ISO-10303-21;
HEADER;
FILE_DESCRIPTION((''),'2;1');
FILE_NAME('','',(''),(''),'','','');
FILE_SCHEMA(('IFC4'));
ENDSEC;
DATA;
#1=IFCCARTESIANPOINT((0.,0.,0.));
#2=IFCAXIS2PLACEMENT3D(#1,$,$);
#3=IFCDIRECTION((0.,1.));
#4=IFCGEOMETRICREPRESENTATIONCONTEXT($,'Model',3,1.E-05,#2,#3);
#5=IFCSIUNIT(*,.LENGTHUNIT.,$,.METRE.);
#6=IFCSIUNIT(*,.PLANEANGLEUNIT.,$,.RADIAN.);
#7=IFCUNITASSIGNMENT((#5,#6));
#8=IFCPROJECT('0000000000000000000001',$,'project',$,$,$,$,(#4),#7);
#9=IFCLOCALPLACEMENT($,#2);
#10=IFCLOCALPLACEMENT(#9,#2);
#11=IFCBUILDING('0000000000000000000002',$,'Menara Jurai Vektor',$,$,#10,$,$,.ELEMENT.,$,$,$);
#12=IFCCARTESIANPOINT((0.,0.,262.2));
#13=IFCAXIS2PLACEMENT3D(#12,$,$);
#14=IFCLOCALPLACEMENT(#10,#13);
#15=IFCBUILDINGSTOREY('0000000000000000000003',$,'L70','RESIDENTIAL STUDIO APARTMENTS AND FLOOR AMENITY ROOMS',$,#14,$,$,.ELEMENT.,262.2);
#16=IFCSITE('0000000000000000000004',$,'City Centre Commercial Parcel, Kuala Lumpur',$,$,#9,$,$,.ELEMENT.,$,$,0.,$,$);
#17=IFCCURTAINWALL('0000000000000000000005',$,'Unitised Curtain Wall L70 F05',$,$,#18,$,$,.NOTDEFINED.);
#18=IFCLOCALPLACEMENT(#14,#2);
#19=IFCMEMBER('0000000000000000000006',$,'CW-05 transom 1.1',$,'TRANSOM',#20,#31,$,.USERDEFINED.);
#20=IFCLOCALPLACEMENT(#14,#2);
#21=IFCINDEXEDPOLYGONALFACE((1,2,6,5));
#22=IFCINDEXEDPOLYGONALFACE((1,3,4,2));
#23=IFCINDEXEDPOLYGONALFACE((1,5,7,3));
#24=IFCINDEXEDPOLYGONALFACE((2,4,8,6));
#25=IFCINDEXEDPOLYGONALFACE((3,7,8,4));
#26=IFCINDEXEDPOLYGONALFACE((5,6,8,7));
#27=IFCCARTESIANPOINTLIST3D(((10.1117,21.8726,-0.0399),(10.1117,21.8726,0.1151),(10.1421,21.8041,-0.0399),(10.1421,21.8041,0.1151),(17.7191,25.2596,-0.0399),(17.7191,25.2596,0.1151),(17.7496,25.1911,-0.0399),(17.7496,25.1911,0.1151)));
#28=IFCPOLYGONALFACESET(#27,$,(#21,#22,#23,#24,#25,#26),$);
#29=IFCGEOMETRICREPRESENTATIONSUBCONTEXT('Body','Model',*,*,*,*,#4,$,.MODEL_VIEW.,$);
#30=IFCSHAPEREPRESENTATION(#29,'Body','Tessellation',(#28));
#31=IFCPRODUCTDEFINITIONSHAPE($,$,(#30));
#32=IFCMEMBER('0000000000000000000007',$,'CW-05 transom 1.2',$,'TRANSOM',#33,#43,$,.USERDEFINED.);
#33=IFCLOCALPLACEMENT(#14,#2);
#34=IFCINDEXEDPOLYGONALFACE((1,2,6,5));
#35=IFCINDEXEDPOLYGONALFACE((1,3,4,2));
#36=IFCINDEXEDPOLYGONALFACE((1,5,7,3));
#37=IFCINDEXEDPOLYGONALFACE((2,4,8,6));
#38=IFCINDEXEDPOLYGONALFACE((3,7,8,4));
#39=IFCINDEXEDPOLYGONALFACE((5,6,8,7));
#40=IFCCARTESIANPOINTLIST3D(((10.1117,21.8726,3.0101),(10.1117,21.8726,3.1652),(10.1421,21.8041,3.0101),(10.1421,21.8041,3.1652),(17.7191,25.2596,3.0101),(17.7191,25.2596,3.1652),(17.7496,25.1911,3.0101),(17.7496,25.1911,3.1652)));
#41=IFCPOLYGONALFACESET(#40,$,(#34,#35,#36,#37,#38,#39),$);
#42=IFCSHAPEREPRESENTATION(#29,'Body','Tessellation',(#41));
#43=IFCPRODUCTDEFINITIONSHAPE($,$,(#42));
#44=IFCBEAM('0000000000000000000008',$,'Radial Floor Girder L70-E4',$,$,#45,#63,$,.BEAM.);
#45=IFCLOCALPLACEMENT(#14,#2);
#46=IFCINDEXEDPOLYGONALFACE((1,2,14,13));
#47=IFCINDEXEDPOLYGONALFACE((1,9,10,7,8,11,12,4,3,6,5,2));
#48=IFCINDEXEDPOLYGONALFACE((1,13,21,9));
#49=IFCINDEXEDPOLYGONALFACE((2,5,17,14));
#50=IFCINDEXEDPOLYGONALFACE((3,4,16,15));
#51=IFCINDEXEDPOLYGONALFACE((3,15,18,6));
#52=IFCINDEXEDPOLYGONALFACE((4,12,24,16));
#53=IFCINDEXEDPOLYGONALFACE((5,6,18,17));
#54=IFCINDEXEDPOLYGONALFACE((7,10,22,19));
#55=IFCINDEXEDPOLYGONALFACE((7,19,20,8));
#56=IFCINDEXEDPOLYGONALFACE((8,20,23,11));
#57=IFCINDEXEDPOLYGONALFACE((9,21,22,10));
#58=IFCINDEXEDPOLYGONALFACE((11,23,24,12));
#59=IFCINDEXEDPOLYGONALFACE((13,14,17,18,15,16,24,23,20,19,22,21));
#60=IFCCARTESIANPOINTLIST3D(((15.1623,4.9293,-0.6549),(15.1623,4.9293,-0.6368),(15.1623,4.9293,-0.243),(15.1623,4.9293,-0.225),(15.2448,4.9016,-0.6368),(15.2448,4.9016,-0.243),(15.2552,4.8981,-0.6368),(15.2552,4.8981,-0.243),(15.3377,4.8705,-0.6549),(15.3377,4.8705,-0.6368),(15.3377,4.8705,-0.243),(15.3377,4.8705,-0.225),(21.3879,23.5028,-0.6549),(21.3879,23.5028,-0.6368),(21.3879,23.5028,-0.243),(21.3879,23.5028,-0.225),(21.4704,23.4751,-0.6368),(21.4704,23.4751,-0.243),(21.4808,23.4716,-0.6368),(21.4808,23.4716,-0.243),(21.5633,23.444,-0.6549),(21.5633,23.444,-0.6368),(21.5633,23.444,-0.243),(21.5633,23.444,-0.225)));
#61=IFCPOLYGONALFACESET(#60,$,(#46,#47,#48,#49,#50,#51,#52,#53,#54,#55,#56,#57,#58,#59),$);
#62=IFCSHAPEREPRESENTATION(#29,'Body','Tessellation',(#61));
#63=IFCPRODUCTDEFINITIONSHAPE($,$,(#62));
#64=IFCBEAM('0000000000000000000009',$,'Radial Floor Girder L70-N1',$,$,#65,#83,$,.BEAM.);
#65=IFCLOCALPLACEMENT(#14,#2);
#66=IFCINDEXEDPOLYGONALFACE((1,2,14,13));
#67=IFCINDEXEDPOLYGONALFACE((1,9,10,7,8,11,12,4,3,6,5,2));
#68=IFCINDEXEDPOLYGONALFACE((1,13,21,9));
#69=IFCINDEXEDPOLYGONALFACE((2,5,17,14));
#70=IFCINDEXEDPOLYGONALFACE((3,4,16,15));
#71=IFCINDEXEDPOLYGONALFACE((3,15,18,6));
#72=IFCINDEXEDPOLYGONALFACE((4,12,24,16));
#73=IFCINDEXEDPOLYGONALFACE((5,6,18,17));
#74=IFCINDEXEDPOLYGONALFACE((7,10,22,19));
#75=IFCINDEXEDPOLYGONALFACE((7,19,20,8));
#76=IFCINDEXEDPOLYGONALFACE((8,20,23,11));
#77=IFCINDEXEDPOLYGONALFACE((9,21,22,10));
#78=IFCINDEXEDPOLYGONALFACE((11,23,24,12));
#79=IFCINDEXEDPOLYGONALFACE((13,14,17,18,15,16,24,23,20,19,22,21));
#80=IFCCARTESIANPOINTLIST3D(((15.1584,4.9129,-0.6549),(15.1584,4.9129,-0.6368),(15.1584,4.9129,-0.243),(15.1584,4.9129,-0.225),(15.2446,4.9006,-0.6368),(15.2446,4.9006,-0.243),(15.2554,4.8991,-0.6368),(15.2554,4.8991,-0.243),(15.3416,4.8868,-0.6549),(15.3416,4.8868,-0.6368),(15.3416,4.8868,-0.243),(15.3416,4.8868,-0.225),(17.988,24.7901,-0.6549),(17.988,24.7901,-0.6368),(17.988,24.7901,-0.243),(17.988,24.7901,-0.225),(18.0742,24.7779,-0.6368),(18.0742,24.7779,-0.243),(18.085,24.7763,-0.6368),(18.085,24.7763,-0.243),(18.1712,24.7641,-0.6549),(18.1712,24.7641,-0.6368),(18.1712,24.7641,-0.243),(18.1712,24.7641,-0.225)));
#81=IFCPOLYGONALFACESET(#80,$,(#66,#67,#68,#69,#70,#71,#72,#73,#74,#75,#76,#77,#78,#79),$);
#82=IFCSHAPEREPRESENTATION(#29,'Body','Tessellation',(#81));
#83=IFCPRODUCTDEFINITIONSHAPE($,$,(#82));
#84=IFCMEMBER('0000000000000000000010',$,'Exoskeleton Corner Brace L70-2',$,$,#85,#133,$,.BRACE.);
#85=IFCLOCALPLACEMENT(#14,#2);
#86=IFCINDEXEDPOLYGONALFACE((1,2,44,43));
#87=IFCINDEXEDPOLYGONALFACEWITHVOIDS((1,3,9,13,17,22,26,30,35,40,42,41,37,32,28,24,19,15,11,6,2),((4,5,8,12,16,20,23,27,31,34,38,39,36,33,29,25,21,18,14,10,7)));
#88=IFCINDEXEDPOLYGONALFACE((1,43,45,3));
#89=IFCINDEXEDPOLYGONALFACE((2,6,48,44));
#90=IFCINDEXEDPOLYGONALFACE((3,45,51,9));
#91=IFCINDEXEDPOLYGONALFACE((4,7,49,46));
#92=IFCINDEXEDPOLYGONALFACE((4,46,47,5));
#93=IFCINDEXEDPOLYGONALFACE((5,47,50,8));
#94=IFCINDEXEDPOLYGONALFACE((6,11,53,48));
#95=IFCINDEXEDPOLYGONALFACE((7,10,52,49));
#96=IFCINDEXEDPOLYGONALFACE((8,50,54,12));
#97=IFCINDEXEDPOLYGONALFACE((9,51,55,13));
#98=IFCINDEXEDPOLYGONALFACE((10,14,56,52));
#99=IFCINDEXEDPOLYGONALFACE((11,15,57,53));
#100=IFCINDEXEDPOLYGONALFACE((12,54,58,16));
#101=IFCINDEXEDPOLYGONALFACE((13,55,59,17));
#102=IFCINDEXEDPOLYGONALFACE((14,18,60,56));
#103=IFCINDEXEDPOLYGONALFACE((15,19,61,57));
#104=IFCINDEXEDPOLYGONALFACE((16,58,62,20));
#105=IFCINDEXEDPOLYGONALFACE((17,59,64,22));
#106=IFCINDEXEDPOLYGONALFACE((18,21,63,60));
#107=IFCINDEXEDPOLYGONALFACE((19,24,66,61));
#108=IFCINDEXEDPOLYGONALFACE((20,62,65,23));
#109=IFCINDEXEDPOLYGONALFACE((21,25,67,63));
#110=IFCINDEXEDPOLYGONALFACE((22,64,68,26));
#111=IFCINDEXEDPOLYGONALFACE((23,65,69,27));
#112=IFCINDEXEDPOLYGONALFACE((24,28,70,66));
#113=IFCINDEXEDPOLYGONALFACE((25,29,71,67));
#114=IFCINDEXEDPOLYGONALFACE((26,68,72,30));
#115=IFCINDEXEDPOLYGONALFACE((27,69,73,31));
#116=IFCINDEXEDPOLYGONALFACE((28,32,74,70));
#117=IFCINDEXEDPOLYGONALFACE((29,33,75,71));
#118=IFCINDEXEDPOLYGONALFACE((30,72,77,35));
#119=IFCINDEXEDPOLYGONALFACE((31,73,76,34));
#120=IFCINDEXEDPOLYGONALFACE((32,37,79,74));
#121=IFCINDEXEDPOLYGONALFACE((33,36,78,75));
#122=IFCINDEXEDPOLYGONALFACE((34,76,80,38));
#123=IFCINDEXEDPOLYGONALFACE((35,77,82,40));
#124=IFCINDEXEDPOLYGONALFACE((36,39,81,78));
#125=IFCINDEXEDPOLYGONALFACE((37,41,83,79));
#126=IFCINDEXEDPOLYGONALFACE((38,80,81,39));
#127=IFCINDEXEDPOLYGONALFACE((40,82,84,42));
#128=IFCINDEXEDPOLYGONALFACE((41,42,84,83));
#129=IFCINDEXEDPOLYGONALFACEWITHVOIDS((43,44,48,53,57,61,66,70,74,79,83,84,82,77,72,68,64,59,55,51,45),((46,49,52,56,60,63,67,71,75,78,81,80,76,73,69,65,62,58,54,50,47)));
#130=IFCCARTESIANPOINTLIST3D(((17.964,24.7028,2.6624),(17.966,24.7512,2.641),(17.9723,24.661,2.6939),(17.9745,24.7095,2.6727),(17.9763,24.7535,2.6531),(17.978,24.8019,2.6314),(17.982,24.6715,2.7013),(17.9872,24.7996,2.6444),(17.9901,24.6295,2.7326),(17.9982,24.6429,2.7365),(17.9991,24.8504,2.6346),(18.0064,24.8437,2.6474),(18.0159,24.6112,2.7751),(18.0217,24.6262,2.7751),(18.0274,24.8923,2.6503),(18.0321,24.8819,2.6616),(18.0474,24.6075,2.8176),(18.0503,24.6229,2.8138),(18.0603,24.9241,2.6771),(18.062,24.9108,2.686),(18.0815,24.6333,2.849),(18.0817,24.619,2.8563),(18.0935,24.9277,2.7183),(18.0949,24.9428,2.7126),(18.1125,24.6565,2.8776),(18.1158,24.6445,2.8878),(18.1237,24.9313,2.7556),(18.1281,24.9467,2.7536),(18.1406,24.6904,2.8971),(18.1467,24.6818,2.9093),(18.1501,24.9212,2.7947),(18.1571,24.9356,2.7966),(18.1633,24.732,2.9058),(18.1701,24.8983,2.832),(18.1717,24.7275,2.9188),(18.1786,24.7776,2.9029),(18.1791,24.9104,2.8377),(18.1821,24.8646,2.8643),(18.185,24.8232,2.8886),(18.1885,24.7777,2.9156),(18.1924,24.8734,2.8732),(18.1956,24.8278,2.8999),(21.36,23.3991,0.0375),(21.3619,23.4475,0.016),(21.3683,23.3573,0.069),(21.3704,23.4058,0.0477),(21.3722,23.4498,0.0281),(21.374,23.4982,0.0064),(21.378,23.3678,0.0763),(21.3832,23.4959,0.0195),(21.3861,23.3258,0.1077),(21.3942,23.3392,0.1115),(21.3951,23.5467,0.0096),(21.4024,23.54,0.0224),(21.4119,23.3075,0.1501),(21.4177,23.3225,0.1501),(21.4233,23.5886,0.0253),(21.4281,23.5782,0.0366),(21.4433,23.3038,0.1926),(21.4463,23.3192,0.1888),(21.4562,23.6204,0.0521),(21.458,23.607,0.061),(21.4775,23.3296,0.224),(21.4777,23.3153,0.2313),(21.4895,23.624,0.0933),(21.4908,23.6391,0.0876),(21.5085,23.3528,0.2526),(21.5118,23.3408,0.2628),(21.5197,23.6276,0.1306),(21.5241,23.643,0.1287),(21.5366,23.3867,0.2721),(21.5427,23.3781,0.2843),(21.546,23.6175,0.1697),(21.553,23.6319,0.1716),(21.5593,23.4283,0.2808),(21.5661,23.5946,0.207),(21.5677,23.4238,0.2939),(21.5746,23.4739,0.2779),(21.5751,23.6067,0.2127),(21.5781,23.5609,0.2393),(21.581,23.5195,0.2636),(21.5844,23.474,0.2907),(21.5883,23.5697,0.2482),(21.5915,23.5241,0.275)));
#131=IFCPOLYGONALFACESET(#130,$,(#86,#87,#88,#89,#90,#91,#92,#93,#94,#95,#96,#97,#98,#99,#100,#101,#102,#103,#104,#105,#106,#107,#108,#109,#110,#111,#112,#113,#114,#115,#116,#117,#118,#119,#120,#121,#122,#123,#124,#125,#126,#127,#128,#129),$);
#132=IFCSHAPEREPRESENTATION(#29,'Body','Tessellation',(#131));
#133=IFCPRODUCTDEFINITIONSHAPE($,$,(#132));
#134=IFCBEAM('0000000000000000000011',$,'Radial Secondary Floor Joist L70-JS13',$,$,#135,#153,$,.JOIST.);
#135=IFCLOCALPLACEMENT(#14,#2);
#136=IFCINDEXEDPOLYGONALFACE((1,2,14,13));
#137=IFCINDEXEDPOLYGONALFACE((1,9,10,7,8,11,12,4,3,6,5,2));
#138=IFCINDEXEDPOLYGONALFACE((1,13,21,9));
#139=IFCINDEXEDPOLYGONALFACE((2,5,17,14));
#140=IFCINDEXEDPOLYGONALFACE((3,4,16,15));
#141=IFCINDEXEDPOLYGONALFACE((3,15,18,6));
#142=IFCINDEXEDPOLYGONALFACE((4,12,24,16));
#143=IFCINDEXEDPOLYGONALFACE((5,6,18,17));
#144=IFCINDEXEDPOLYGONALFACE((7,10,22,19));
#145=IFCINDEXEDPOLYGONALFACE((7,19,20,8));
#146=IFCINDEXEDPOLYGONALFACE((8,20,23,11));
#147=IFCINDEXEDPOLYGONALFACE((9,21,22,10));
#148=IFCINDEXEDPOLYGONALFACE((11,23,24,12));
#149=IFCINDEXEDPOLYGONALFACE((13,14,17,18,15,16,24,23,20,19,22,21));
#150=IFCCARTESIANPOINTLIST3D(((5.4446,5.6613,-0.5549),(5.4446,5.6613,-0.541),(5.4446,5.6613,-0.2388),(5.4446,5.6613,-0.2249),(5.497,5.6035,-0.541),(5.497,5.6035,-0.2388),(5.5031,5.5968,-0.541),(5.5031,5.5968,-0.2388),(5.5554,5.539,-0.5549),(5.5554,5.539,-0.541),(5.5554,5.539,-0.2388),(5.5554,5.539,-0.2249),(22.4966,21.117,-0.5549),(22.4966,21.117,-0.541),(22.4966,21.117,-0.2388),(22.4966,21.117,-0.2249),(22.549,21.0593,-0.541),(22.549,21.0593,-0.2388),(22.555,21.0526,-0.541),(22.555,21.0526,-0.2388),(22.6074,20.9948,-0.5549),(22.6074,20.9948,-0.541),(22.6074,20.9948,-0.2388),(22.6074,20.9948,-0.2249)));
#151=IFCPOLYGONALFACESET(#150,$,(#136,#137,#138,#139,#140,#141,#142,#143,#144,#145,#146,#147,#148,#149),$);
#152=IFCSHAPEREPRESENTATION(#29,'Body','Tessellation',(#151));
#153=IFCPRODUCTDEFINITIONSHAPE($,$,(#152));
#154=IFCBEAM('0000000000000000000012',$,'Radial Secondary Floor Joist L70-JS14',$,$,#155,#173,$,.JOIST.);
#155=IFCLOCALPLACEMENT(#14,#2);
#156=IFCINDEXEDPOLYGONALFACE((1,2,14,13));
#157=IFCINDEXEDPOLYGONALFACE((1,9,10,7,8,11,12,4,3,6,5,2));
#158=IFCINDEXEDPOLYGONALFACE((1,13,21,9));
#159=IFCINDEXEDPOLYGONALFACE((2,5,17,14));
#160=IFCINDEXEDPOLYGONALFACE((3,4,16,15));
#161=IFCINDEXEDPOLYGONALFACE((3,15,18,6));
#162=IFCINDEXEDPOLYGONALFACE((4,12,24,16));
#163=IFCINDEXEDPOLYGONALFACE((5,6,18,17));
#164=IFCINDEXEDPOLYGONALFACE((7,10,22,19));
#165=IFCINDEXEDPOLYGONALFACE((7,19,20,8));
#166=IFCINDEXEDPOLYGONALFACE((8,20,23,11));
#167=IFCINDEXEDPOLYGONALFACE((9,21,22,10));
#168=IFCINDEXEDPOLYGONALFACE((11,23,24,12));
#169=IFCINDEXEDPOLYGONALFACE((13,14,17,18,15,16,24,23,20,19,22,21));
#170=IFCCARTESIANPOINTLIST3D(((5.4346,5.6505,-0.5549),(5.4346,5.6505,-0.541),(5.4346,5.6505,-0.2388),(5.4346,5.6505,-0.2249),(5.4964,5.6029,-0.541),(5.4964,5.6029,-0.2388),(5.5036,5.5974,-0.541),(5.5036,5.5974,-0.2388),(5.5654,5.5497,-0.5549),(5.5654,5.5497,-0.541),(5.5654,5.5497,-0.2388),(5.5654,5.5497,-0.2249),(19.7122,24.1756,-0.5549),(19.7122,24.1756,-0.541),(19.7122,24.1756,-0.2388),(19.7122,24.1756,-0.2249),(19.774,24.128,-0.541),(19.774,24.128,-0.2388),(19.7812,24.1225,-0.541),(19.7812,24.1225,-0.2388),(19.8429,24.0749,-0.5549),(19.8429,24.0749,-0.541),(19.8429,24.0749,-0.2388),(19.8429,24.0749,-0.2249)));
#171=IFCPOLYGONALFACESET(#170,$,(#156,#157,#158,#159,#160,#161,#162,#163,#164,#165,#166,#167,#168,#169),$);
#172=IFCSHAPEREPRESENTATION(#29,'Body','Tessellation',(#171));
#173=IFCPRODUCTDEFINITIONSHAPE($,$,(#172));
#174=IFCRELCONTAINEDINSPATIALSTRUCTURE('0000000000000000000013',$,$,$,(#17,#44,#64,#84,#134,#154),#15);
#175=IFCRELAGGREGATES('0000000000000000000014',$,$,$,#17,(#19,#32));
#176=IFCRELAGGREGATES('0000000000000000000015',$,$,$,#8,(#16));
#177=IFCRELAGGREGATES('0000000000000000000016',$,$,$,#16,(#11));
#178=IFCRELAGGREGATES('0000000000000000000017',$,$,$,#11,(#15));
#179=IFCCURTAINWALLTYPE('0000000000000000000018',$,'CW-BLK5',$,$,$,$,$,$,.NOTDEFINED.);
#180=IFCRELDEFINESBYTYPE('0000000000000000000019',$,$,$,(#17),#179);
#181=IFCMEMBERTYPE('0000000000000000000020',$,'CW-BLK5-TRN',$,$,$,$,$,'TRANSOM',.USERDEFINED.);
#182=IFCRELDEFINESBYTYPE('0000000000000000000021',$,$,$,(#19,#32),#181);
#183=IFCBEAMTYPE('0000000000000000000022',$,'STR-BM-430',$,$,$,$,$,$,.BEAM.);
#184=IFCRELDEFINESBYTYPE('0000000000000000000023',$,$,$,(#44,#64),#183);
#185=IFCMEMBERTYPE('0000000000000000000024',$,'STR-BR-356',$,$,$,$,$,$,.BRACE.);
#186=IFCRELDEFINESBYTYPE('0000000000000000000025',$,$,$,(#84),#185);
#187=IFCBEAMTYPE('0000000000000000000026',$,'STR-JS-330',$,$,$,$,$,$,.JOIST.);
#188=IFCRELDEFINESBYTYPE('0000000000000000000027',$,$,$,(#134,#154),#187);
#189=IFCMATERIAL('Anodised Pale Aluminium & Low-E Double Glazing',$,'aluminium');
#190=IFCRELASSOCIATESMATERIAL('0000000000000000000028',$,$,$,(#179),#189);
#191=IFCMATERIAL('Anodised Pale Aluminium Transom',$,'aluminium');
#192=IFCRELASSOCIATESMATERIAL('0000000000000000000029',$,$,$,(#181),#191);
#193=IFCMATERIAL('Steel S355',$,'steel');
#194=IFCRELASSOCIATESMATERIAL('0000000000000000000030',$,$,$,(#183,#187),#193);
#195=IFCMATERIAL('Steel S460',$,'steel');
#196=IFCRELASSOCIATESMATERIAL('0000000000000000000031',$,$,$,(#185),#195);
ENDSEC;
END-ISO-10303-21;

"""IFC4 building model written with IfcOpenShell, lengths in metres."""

from ifc_helpers import new_model, si_unit, direction, frame, origin, origin_2d, place, context, subcontext, project, spatial, rectangle, hollow_circle, i_section, extrude, material, material_profile, profile_set, type_object, element, aggregate, save


model = new_model("IFC4")

# Units and contexts
model_context = context("Model", 3, precision=1e-05, world=origin(), true_north=direction((0.0, 1.0)))
body_context = subcontext(model_context, "Body", "Model", "MODEL_VIEW")
ifc_project = project(units=[si_unit("LENGTHUNIT", "METRE"), si_unit("PLANEANGLEUNIT", "RADIAN")], contexts=[model_context])

# Site, building, storey
site_placement = place(None, origin())
site = spatial("IfcSite", under=ifc_project, at=site_placement, Name="City Centre Commercial Parcel, Kuala Lumpur", CompositionType="ELEMENT", RefElevation=0.0)
building_placement = place(site_placement, origin())
building = spatial("IfcBuilding", under=site, at=building_placement, Name="Menara Jurai Vektor", CompositionType="ELEMENT")
storey_placement = place(building_placement, frame((0.0, 0.0, 262.2)))
storey = spatial("IfcBuildingStorey", under=building, at=storey_placement, Name="L70", Description="RESIDENTIAL STUDIO APARTMENTS AND FLOOR AMENITY ROOMS", CompositionType="ELEMENT", Elevation=262.2)

# Shared definitions
ifc_material_1 = material(Name="Steel S460", Category="steel")

# Shared definitions
ifc_material_2 = material(Name="Anodised Pale Aluminium & Low-E Double Glazing", Category="aluminium")
curtain_wall_type = type_object("IfcCurtainWallType", Name="CW-BLK5", PredefinedType="NOTDEFINED", material=ifc_material_2)

# Curtain wall
curtain_wall_1_placement = place(storey_placement, origin())
curtain_wall_1 = element("IfcCurtainWall", 1, at=curtain_wall_1_placement, inside=storey, type_object=curtain_wall_type, Name="Unitised Curtain Wall L70 F05", PredefinedType="NOTDEFINED")

# Members
ifc_material_3 = material(Name="Anodised Pale Aluminium Transom", Category="aluminium")
ifc_material_profile_1 = material_profile(ifc_material_3, rectangle(XDim=0.075, YDim=0.155, at=origin_2d()), Name="ALU TRN 75x155")
ifc_profile_set_1 = profile_set([ifc_material_profile_1], Name="Anodised Pale Aluminium Transom")
member_type_1 = type_object("IfcMemberType", Name="CW-BLK5-TRN", ElementType="TRANSOM", PredefinedType="USERDEFINED", material=ifc_profile_set_1)
member_1_placement = place(storey_placement, frame((17.7344, 25.2253, 0.0376), z_axis=(-0.913549, -0.406729, 0.0), x_axis=(0.406729, -0.913549, 0.0)))
member_1 = element("IfcMember", 2, at=member_1_placement, type_object=member_type_1, Name="CW-05 transom 1.1", ObjectType="TRANSOM", PredefinedType="USERDEFINED", context=body_context, shape_type="SweptSolid", body=[
    extrude(rectangle(XDim=0.075, YDim=0.155, at=origin_2d()), origin(), (0.0, 0.0, 1.0), 8.3274),
])
member_2_placement = place(storey_placement, frame((17.7344, 25.2253, 3.0876), z_axis=(-0.913549, -0.406729, 0.0), x_axis=(0.406729, -0.913549, 0.0)))
member_2 = element("IfcMember", 3, at=member_2_placement, type_object=member_type_1, Name="CW-05 transom 1.2", ObjectType="TRANSOM", PredefinedType="USERDEFINED", context=body_context, shape_type="SweptSolid", body=[
    extrude(rectangle(XDim=0.075, YDim=0.155, at=origin_2d()), origin(), (0.0, 0.0, 1.0), 8.3274),
])

# Beams
ifc_material_4 = material(Name="Steel S355", Category="steel")
ifc_material_profile_2 = material_profile(ifc_material_4, i_section(OverallWidth=0.1851, OverallDepth=0.4299, WebThickness=0.011, FlangeThickness=0.0181, at=origin_2d()), Name="PG 430x185x76")
ifc_profile_set_2 = profile_set([ifc_material_profile_2], Name="Steel S355")
beam_type_1 = type_object("IfcBeamType", Name="STR-BM-430", PredefinedType="BEAM", material=ifc_profile_set_2)
beam_1_placement = place(storey_placement, frame((21.4756, 23.4734, -0.4399), z_axis=(-0.317809, -0.948155, 0.0), x_axis=(0.948155, -0.317809, 0.0)))
element("IfcBeam", 4, at=beam_1_placement, inside=storey, type_object=beam_type_1, Name="Radial Floor Girder L70-E4", PredefinedType="BEAM", context=body_context, shape_type="SweptSolid", body=[
    extrude(i_section(OverallWidth=0.1851, OverallDepth=0.4299, WebThickness=0.011, FlangeThickness=0.0181, at=origin_2d()), origin(), (0.0, 0.0, 1.0), 19.5891),
])
beam_2_placement = place(storey_placement, frame((18.0796, 24.7771, -0.4399), z_axis=(-0.140933, -0.990019, 0.0), x_axis=(0.990019, -0.140933, 0.0)))
element("IfcBeam", 5, at=beam_2_placement, inside=storey, type_object=beam_type_1, Name="Radial Floor Girder L70-N1", PredefinedType="BEAM", context=body_context, shape_type="SweptSolid", body=[
    extrude(i_section(OverallWidth=0.1851, OverallDepth=0.4299, WebThickness=0.011, FlangeThickness=0.0181, at=origin_2d()), origin(), (0.0, 0.0, 1.0), 20.0776),
])

# Member
ifc_material_profile_3 = material_profile(ifc_material_1, hollow_circle(Radius=0.1777, WallThickness=0.0161, at=origin_2d()), Name="CHS 355.6x16")
ifc_profile_set_3 = profile_set([ifc_material_profile_3], Name="Steel S460")
member_type_2 = type_object("IfcMemberType", Name="STR-BR-356", PredefinedType="BRACE", material=ifc_profile_set_3)
member_3_placement = place(storey_placement, frame((21.4756, 23.4734, 0.1501), z_axis=(-0.757042, 0.290626, 0.58517), x_axis=(-0.358394, -0.93357, 0.0)))
element("IfcMember", 6, at=member_3_placement, inside=storey, type_object=member_type_2, Name="Exoskeleton Corner Brace L70-2", PredefinedType="BRACE", context=body_context, shape_type="SweptSolid", body=[
    extrude(hollow_circle(Radius=0.1777, WallThickness=0.0161, at=origin_2d()), origin(), (0.0, 0.0, 1.0), 4.4858),
])

# Beams
ifc_material_profile_4 = material_profile(ifc_material_4, i_section(OverallWidth=0.165, OverallDepth=0.3301, WebThickness=0.009, FlangeThickness=0.0139, at=origin_2d()), Name="PG 330x165x46")
ifc_profile_set_4 = profile_set([ifc_material_profile_4], Name="Steel S355")
beam_type_2 = type_object("IfcBeamType", Name="STR-JS-330", PredefinedType="JOIST", material=ifc_profile_set_4)
beam_3_placement = place(storey_placement, frame((22.552, 21.0559, -0.3899), z_axis=(-0.740934, -0.671577, 0.0), x_axis=(0.671577, -0.740934, 0.0)))
element("IfcBeam", 7, at=beam_3_placement, inside=storey, type_object=beam_type_2, Name="Radial Secondary Floor Joist L70-JS13", PredefinedType="JOIST", context=body_context, shape_type="SweptSolid", body=[
    extrude(i_section(OverallWidth=0.165, OverallDepth=0.3301, WebThickness=0.009, FlangeThickness=0.0139, at=origin_2d()), origin(), (0.0, 0.0, 1.0), 23.0142),
])
beam_4_placement = place(storey_placement, frame((19.7776, 24.1252, -0.3899), z_axis=(-0.610449, -0.792056, 0.0), x_axis=(0.792056, -0.610449, 0.0)))
element("IfcBeam", 8, at=beam_4_placement, inside=storey, type_object=beam_type_2, Name="Radial Secondary Floor Joist L70-JS14", PredefinedType="JOIST", context=body_context, shape_type="SweptSolid", body=[
    extrude(i_section(OverallWidth=0.165, OverallDepth=0.3301, WebThickness=0.009, FlangeThickness=0.0139, at=origin_2d()), origin(), (0.0, 0.0, 1.0), 23.3887),
])

aggregate(curtain_wall_1, [member_1, member_2])

save(model, "model.ifc")
